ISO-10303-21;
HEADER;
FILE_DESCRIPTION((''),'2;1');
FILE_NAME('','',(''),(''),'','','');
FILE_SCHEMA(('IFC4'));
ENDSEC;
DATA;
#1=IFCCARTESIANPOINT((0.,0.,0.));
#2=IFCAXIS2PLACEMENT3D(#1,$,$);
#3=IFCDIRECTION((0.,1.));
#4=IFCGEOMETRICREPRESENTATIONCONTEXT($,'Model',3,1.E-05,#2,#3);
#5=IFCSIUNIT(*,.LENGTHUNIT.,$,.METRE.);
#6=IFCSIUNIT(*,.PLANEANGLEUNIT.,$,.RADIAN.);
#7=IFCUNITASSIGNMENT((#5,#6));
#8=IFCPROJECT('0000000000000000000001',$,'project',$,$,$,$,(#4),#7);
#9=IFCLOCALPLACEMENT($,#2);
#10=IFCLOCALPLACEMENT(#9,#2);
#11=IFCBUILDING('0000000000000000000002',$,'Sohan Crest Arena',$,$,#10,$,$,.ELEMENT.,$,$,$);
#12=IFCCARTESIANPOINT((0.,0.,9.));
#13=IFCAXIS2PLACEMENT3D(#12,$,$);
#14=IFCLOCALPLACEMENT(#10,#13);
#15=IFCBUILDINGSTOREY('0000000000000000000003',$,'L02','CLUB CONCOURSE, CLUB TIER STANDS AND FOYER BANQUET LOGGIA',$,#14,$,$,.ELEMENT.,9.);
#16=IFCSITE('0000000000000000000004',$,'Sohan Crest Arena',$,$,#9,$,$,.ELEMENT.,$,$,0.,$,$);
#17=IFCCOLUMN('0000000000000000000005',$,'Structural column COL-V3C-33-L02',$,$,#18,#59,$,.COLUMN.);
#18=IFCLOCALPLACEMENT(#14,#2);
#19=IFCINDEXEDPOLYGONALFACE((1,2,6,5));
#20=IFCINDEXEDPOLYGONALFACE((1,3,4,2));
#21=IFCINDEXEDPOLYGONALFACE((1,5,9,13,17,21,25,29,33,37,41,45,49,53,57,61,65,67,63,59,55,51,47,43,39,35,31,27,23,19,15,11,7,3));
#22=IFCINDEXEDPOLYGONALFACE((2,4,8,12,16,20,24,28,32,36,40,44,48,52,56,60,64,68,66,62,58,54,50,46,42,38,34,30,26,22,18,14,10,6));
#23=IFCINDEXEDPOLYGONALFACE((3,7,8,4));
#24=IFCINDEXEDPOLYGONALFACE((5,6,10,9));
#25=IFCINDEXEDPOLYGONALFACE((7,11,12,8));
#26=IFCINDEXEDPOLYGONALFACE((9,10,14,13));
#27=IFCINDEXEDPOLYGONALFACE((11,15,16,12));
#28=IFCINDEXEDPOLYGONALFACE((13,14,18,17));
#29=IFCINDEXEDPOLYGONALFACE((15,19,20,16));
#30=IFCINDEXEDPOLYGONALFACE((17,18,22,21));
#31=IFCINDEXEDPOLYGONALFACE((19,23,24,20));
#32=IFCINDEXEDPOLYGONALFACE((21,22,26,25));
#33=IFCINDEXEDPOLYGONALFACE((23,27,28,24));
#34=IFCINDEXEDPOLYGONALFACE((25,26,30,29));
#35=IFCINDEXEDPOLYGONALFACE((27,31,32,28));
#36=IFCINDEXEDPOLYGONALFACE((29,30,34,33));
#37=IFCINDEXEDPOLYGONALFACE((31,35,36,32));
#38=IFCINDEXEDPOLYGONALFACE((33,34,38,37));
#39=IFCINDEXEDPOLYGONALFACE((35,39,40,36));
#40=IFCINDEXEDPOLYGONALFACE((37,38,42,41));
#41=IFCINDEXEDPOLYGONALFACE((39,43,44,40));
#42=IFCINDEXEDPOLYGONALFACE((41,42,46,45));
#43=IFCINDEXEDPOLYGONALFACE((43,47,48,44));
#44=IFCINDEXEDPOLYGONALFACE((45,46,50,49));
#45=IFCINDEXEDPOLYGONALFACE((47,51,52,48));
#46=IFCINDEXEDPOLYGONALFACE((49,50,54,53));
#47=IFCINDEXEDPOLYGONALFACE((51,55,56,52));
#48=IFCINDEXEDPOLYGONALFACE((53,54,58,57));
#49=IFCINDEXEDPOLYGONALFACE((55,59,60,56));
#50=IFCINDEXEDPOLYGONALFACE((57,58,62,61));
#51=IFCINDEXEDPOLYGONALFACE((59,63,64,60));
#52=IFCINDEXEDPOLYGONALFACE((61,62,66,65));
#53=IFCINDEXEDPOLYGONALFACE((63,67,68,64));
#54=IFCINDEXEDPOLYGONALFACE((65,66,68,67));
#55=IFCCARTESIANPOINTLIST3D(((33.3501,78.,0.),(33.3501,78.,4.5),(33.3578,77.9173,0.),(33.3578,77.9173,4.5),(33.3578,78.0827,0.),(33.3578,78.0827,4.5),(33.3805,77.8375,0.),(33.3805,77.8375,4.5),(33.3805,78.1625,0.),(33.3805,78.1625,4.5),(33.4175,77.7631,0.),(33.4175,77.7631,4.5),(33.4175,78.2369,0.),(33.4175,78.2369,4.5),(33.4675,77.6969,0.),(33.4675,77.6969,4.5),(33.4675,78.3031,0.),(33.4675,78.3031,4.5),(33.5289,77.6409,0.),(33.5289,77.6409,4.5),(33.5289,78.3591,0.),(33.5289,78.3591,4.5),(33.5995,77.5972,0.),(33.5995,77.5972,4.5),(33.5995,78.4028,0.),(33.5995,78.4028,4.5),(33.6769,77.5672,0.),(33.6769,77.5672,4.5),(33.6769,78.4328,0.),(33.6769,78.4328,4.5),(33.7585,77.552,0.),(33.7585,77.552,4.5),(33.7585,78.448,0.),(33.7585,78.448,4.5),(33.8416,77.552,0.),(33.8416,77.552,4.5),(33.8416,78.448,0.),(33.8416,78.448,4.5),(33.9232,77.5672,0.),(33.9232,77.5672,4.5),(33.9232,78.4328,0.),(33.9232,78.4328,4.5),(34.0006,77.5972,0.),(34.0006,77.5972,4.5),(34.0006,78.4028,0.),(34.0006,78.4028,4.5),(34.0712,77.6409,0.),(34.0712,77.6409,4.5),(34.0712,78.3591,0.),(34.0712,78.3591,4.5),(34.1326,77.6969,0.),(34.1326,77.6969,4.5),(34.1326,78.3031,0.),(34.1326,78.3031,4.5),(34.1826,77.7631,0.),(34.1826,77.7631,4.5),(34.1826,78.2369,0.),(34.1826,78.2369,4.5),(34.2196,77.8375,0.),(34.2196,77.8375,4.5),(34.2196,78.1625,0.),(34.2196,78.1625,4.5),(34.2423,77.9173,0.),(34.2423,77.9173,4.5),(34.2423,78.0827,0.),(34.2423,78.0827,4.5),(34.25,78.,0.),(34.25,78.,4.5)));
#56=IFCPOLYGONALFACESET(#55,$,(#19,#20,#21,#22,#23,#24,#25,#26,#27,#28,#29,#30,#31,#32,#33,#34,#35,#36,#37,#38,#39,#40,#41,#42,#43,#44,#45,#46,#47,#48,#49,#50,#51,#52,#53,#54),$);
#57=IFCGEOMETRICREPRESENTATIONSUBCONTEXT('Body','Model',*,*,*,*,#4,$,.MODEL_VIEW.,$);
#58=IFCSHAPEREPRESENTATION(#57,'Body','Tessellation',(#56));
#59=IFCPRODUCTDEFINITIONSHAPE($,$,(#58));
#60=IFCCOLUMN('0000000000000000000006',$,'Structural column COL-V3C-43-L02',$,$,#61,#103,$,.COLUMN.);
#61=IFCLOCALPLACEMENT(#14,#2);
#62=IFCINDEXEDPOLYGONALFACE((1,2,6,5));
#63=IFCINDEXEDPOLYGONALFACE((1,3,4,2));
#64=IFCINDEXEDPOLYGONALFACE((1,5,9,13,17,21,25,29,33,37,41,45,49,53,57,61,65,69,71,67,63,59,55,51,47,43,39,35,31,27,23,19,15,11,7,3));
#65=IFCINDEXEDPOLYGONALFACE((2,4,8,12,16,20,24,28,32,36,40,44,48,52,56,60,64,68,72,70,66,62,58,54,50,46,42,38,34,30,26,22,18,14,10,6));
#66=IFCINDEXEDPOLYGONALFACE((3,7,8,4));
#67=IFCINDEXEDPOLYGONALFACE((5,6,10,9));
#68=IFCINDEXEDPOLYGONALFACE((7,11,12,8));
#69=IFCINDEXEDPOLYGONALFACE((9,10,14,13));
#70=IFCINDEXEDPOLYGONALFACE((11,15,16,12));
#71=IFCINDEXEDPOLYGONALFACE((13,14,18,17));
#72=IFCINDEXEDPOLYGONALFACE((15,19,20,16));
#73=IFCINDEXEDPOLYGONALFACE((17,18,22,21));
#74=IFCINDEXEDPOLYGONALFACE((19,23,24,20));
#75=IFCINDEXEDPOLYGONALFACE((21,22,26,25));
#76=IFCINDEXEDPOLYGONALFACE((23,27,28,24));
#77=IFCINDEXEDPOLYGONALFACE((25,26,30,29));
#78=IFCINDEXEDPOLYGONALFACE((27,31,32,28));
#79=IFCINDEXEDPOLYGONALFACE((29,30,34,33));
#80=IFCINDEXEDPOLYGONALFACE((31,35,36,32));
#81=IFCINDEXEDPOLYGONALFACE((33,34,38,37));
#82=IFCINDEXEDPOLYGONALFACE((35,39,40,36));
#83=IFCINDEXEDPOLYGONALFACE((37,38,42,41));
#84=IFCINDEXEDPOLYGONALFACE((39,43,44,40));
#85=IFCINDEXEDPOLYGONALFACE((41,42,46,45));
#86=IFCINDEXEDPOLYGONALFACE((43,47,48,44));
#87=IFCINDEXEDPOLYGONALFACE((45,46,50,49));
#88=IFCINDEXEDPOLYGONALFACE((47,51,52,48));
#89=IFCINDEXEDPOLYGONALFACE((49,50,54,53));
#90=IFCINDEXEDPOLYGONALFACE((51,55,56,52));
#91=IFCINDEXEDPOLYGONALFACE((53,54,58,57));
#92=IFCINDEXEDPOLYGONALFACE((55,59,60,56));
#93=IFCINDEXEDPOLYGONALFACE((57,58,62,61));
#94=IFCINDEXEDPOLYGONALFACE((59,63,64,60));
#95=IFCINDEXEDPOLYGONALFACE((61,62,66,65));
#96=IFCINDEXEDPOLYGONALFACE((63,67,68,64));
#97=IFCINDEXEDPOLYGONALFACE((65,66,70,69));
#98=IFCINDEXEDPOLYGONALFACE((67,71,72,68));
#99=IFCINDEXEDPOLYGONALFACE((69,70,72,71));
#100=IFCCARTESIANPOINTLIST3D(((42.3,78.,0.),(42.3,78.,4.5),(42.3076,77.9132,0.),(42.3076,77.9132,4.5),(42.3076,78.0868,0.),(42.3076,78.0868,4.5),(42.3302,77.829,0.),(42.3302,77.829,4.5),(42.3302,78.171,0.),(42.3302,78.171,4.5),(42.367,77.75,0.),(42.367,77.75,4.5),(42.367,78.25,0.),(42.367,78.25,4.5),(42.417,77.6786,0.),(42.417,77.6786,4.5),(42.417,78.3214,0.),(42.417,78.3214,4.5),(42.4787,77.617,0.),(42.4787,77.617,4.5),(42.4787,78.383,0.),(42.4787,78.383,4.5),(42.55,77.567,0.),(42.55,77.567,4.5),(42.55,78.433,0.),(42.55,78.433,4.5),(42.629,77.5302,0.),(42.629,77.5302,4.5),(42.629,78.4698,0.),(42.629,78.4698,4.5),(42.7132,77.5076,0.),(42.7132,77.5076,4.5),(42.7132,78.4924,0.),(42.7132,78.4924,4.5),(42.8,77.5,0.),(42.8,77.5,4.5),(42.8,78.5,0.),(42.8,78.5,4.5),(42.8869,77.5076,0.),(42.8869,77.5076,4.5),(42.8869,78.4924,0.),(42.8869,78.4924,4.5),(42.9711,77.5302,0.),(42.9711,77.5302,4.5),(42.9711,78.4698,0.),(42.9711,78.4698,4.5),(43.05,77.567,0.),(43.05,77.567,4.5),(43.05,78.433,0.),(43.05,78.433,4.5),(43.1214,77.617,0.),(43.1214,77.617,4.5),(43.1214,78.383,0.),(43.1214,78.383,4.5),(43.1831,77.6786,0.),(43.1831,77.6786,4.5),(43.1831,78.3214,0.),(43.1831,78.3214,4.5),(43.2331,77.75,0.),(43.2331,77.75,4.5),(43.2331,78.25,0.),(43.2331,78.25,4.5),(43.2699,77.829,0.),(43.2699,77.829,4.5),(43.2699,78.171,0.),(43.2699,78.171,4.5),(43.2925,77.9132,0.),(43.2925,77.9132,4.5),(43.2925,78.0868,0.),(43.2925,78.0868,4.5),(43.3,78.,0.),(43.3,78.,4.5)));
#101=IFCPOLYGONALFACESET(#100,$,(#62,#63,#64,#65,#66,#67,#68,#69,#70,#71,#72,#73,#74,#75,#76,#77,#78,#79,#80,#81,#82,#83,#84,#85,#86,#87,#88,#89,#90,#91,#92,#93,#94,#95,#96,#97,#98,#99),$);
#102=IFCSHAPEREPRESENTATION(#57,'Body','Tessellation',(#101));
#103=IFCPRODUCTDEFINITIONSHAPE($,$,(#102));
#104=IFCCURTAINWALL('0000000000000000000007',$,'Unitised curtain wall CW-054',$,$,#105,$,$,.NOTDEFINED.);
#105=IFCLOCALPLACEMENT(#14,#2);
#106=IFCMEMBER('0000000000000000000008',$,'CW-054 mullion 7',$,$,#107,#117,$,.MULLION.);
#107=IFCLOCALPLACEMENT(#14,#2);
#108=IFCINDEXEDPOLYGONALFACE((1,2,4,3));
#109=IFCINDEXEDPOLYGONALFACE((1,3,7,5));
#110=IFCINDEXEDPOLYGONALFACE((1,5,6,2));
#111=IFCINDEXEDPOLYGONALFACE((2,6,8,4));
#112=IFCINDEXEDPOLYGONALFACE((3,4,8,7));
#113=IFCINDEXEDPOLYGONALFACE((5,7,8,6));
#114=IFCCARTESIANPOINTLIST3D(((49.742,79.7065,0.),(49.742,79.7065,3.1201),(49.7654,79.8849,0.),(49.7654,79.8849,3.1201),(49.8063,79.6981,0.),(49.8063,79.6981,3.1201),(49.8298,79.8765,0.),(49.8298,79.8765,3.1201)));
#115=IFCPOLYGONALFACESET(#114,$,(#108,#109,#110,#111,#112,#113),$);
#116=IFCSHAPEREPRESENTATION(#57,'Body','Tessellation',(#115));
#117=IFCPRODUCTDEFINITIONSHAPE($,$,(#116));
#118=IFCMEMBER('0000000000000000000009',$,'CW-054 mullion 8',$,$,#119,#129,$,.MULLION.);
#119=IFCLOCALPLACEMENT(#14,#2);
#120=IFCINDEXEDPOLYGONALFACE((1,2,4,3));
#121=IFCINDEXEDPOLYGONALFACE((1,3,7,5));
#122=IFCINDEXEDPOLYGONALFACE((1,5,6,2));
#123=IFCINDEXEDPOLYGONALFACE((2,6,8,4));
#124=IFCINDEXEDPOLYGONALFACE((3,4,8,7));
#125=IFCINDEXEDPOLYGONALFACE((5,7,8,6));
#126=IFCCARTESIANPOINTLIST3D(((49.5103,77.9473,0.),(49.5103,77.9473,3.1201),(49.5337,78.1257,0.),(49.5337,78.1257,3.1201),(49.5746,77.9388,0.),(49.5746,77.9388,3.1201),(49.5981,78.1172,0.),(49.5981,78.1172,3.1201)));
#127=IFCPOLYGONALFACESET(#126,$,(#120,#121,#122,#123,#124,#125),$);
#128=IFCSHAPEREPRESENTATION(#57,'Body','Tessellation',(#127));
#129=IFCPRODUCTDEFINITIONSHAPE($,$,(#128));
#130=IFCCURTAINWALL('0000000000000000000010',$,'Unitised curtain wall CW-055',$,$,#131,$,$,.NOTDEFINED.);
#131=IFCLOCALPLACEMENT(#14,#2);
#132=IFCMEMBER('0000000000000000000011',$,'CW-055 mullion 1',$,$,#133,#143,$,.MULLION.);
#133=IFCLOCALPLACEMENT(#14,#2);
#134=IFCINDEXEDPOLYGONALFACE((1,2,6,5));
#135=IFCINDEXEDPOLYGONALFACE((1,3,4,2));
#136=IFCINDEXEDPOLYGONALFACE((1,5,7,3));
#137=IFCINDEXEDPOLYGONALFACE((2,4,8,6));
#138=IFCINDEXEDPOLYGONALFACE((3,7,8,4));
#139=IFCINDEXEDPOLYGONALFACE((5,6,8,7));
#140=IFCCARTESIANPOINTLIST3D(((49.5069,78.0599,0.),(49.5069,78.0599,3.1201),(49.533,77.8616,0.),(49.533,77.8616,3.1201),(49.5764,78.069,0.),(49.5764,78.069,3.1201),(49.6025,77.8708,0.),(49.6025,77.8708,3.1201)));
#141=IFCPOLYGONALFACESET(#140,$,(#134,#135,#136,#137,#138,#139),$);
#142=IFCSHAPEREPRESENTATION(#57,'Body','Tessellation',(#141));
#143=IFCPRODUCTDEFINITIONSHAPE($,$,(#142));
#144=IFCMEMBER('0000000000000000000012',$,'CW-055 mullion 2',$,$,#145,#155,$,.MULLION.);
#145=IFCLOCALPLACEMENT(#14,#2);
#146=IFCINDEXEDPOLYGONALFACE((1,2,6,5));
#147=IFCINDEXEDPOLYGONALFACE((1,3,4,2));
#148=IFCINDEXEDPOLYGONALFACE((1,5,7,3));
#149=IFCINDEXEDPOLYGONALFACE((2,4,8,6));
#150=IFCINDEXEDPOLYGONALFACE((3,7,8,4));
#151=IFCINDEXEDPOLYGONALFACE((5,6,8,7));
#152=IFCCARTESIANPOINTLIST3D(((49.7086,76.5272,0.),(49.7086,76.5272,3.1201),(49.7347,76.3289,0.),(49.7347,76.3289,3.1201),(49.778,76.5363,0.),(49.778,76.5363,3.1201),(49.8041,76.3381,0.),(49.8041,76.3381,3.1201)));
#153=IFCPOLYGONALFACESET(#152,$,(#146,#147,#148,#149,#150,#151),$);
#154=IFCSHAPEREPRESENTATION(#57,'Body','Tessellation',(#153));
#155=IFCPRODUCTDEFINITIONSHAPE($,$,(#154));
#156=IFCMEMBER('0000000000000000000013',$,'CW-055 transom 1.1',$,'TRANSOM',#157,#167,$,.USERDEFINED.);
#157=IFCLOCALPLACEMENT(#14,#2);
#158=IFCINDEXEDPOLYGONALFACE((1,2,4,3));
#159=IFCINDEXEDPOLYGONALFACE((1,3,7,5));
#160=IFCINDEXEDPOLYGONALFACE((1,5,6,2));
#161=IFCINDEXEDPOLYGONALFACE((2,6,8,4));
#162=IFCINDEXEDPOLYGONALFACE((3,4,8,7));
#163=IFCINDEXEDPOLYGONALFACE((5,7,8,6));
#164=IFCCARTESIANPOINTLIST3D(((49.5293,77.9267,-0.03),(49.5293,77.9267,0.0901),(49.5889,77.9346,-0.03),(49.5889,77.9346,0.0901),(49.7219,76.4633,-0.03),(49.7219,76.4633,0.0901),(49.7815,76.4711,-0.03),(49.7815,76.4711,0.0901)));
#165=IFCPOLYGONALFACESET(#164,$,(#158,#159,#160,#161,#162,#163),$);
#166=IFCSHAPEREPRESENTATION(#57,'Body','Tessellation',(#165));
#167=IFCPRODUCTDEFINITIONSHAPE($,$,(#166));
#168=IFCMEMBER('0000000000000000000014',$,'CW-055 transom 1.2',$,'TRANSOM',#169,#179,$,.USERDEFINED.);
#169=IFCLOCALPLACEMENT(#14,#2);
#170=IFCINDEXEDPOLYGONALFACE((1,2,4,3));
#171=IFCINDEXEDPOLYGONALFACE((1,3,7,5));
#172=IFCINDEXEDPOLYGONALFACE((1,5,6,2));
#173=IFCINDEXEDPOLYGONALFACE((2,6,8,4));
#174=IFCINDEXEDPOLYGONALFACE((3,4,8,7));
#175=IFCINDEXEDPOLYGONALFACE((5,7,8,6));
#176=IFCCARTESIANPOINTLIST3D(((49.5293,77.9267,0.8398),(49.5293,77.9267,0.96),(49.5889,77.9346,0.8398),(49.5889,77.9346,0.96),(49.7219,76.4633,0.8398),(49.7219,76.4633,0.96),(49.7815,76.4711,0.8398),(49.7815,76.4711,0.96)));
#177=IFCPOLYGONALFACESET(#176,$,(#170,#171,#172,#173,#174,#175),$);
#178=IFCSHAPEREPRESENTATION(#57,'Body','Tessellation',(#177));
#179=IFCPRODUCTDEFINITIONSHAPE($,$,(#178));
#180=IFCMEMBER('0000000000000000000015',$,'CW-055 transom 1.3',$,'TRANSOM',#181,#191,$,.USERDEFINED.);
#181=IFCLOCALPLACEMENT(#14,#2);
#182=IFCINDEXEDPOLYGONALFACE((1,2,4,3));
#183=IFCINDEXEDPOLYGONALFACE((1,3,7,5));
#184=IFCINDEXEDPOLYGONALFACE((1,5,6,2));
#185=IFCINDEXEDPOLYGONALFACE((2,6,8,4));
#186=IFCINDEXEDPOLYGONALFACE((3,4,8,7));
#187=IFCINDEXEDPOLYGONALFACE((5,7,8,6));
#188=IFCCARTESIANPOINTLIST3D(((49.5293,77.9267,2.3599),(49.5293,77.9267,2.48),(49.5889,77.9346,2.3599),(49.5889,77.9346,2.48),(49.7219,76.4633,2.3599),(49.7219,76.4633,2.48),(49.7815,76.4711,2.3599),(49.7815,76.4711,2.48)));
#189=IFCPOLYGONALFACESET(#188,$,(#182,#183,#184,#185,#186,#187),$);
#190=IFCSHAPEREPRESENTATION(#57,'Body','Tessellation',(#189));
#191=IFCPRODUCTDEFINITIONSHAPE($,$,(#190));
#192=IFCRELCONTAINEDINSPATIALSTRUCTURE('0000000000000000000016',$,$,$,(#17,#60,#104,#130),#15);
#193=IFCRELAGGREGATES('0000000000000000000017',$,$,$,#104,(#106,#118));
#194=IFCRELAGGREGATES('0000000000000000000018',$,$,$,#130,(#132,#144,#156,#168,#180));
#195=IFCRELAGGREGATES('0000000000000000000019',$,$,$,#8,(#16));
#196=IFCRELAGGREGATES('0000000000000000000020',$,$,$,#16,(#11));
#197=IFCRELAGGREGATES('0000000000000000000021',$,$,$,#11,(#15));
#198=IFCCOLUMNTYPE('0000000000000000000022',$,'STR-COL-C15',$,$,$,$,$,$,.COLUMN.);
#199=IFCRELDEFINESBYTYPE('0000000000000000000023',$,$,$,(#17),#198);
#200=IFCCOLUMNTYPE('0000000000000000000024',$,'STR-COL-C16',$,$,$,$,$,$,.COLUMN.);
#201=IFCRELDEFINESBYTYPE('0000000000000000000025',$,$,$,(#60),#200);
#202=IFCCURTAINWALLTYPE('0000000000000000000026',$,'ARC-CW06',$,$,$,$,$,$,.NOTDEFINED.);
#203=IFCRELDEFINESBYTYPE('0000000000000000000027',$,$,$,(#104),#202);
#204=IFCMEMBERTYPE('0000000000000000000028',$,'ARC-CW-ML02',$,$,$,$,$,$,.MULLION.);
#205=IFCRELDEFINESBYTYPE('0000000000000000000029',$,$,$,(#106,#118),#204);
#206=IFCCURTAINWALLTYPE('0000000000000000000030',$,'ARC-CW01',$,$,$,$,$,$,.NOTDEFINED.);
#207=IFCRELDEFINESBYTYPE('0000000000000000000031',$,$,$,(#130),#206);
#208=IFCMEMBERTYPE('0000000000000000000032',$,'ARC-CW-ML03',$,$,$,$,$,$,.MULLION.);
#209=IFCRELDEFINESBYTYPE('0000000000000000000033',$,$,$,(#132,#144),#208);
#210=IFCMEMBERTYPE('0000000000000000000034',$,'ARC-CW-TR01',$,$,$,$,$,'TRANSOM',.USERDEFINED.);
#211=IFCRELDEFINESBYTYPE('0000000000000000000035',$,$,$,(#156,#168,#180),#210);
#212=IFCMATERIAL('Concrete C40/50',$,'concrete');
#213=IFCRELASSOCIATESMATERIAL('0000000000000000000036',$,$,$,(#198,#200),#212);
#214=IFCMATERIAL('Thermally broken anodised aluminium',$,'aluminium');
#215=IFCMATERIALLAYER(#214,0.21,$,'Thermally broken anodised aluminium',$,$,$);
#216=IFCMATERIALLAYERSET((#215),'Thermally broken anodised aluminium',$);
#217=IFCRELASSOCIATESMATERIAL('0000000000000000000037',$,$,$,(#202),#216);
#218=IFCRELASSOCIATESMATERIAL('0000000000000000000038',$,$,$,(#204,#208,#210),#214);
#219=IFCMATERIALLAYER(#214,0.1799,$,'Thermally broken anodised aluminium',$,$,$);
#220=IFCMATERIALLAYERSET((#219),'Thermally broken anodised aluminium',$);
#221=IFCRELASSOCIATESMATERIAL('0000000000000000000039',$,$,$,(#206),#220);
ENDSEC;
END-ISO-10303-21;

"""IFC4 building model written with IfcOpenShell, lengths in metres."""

from ifc_helpers import new_model, si_unit, direction, frame, origin, origin_2d, place, context, subcontext, project, spatial, rectangle, circle, extrude, material, layer, layer_set, material_profile, profile_set, type_object, element, aggregate, save


model = new_model("IFC4")

# Units and contexts
model_context = context("Model", 3, precision=1e-05, world=origin(), true_north=direction((0.0, 1.0)))
body_context = subcontext(model_context, "Body", "Model", "MODEL_VIEW")
ifc_project = project(units=[si_unit("LENGTHUNIT", "METRE"), si_unit("PLANEANGLEUNIT", "RADIAN")], contexts=[model_context])

# Site, building, storey
site_placement = place(None, origin())
site = spatial("IfcSite", under=ifc_project, at=site_placement, Name="Sohan Crest Arena", CompositionType="ELEMENT", RefElevation=0.0)
building_placement = place(site_placement, origin())
building = spatial("IfcBuilding", under=site, at=building_placement, Name="Sohan Crest Arena", CompositionType="ELEMENT")
storey_placement = place(building_placement, frame((0.0, 0.0, 9.0)))
storey = spatial("IfcBuildingStorey", under=building, at=storey_placement, Name="L02", Description="CLUB CONCOURSE, CLUB TIER STANDS AND FOYER BANQUET LOGGIA", CompositionType="ELEMENT", Elevation=9.0)

# Columns
ifc_material_1 = material(Name="Concrete C40/50", Category="concrete")
ifc_material_profile_1 = material_profile(ifc_material_1, circle(Radius=0.45, at=origin_2d()), Name="RC D900")
ifc_profile_set_1 = profile_set([ifc_material_profile_1], Name="Concrete C40/50")
column_type_1 = type_object("IfcColumnType", Name="STR-COL-C15", PredefinedType="COLUMN", material=ifc_profile_set_1)
column_1_placement = place(storey_placement, frame((33.8, 78.0, 0.0), z_axis=(0.0, 0.0, 1.0), x_axis=(1.0, 0.0, 0.0)))
element("IfcColumn", 1, at=column_1_placement, inside=storey, type_object=column_type_1, Name="Structural column COL-V3C-33-L02", PredefinedType="COLUMN", context=body_context, shape_type="SweptSolid", body=[
    extrude(circle(Radius=0.45, at=origin_2d()), origin(), (0.0, 0.0, 1.0), 4.5),
])
ifc_material_profile_2 = material_profile(ifc_material_1, circle(Radius=0.5, at=origin_2d()), Name="RC D1000")
ifc_profile_set_2 = profile_set([ifc_material_profile_2], Name="Concrete C40/50")
column_type_2 = type_object("IfcColumnType", Name="STR-COL-C16", PredefinedType="COLUMN", material=ifc_profile_set_2)
column_2_placement = place(storey_placement, frame((42.8, 78.0, 0.0), z_axis=(0.0, 0.0, 1.0), x_axis=(1.0, 0.0, 0.0)))
element("IfcColumn", 2, at=column_2_placement, inside=storey, type_object=column_type_2, Name="Structural column COL-V3C-43-L02", PredefinedType="COLUMN", context=body_context, shape_type="SweptSolid", body=[
    extrude(circle(Radius=0.5, at=origin_2d()), origin(), (0.0, 0.0, 1.0), 4.5),
])

# Curtain walls, members
ifc_material_2 = material(Name="Thermally broken anodised aluminium", Category="aluminium")
ifc_layer_1 = layer(ifc_material_2, 0.21, Name="Thermally broken anodised aluminium")
ifc_layer_set_1 = layer_set([ifc_layer_1], Name="Thermally broken anodised aluminium")
curtain_wall_type_1 = type_object("IfcCurtainWallType", Name="ARC-CW06", PredefinedType="NOTDEFINED", material=ifc_layer_set_1)
curtain_wall_1_placement = place(storey_placement, origin())
curtain_wall_1 = element("IfcCurtainWall", 3, at=curtain_wall_1_placement, inside=storey, type_object=curtain_wall_type_1, Name="Unitised curtain wall CW-054", PredefinedType="NOTDEFINED")
ifc_material_profile_3 = material_profile(ifc_material_2, rectangle(XDim=0.0649, YDim=0.1799, at=origin_2d()), Name="ALU-MULL 65x180")
ifc_profile_set_3 = profile_set([ifc_material_profile_3], Name="Thermally broken anodised aluminium")
member_type_1 = type_object("IfcMemberType", Name="ARC-CW-ML02", PredefinedType="MULLION", material=ifc_profile_set_3)
member_1_placement = place(storey_placement, frame((49.7859, 79.7915, 0.0), z_axis=(0.0, 0.0, 1.0), x_axis=(0.991444, -0.130532, 0.0)))
member_1 = element("IfcMember", 4, at=member_1_placement, type_object=member_type_1, Name="CW-054 mullion 7", PredefinedType="MULLION", context=body_context, shape_type="SweptSolid", body=[
    extrude(rectangle(XDim=0.0649, YDim=0.1799, at=origin_2d()), origin(), (0.0, 0.0, 1.0), 3.1201),
])
member_2_placement = place(storey_placement, frame((49.5542, 78.0322, 0.0), z_axis=(0.0, 0.0, 1.0), x_axis=(0.991444, -0.130532, 0.0)))
member_2 = element("IfcMember", 5, at=member_2_placement, type_object=member_type_1, Name="CW-054 mullion 8", PredefinedType="MULLION", context=body_context, shape_type="SweptSolid", body=[
    extrude(rectangle(XDim=0.0649, YDim=0.1799, at=origin_2d()), origin(), (0.0, 0.0, 1.0), 3.1201),
])
ifc_layer_2 = layer(ifc_material_2, 0.1799, Name="Thermally broken anodised aluminium")
ifc_layer_set_2 = layer_set([ifc_layer_2], Name="Thermally broken anodised aluminium")
curtain_wall_type_2 = type_object("IfcCurtainWallType", Name="ARC-CW01", PredefinedType="NOTDEFINED", material=ifc_layer_set_2)
curtain_wall_2_placement = place(storey_placement, origin())
curtain_wall_2 = element("IfcCurtainWall", 6, at=curtain_wall_2_placement, inside=storey, type_object=curtain_wall_type_2, Name="Unitised curtain wall CW-055", PredefinedType="NOTDEFINED")
ifc_material_profile_4 = material_profile(ifc_material_2, rectangle(XDim=0.0701, YDim=0.2, at=origin_2d()), Name="ALU-MULL 70x200")
ifc_profile_set_4 = profile_set([ifc_material_profile_4], Name="Thermally broken anodised aluminium")
member_type_2 = type_object("IfcMemberType", Name="ARC-CW-ML03", PredefinedType="MULLION", material=ifc_profile_set_4)
member_3_placement = place(storey_placement, frame((49.5547, 77.9653, 0.0), z_axis=(0.0, 0.0, 1.0), x_axis=(0.991444, 0.130532, 0.0)))
member_3 = element("IfcMember", 7, at=member_3_placement, type_object=member_type_2, Name="CW-055 mullion 1", PredefinedType="MULLION", context=body_context, shape_type="SweptSolid", body=[
    extrude(rectangle(XDim=0.0701, YDim=0.2, at=origin_2d()), origin(), (0.0, 0.0, 1.0), 3.1201),
])
member_4_placement = place(storey_placement, frame((49.7563, 76.4326, 0.0), z_axis=(0.0, 0.0, 1.0), x_axis=(0.991444, 0.130532, 0.0)))
member_4 = element("IfcMember", 8, at=member_4_placement, type_object=member_type_2, Name="CW-055 mullion 2", PredefinedType="MULLION", context=body_context, shape_type="SweptSolid", body=[
    extrude(rectangle(XDim=0.0701, YDim=0.2, at=origin_2d()), origin(), (0.0, 0.0, 1.0), 3.1201),
])
ifc_material_profile_5 = material_profile(ifc_material_2, rectangle(XDim=0.0601, YDim=0.1201, at=origin_2d()), Name="ALU-TRAN 60x120")
ifc_profile_set_5 = profile_set([ifc_material_profile_5], Name="Thermally broken anodised aluminium")
member_type_3 = type_object("IfcMemberType", Name="ARC-CW-TR01", ElementType="TRANSOM", PredefinedType="USERDEFINED", material=ifc_profile_set_5)
member_5_placement = place(storey_placement, frame((49.5591, 77.9307, 0.03), z_axis=(0.130506, -0.991448, 0.0), x_axis=(0.991448, 0.130506, 0.0)))
member_5 = element("IfcMember", 9, at=member_5_placement, type_object=member_type_3, Name="CW-055 transom 1.1", ObjectType="TRANSOM", PredefinedType="USERDEFINED", context=body_context, shape_type="SweptSolid", body=[
    extrude(rectangle(XDim=0.0601, YDim=0.1201, at=origin_2d()), origin(), (0.0, 0.0, 1.0), 1.4761),
])
member_6_placement = place(storey_placement, frame((49.5591, 77.9307, 0.8999), z_axis=(0.130506, -0.991448, 0.0), x_axis=(0.991448, 0.130506, 0.0)))
member_6 = element("IfcMember", 10, at=member_6_placement, type_object=member_type_3, Name="CW-055 transom 1.2", ObjectType="TRANSOM", PredefinedType="USERDEFINED", context=body_context, shape_type="SweptSolid", body=[
    extrude(rectangle(XDim=0.0601, YDim=0.1201, at=origin_2d()), origin(), (0.0, 0.0, 1.0), 1.4761),
])
member_7_placement = place(storey_placement, frame((49.5591, 77.9307, 2.4199), z_axis=(0.130506, -0.991448, 0.0), x_axis=(0.991448, 0.130506, 0.0)))
member_7 = element("IfcMember", 11, at=member_7_placement, type_object=member_type_3, Name="CW-055 transom 1.3", ObjectType="TRANSOM", PredefinedType="USERDEFINED", context=body_context, shape_type="SweptSolid", body=[
    extrude(rectangle(XDim=0.0601, YDim=0.1201, at=origin_2d()), origin(), (0.0, 0.0, 1.0), 1.4761),
])

aggregate(curtain_wall_1, [member_1, member_2])
aggregate(curtain_wall_2, [member_3, member_4, member_5, member_6, member_7])

save(model, "model.ifc")
